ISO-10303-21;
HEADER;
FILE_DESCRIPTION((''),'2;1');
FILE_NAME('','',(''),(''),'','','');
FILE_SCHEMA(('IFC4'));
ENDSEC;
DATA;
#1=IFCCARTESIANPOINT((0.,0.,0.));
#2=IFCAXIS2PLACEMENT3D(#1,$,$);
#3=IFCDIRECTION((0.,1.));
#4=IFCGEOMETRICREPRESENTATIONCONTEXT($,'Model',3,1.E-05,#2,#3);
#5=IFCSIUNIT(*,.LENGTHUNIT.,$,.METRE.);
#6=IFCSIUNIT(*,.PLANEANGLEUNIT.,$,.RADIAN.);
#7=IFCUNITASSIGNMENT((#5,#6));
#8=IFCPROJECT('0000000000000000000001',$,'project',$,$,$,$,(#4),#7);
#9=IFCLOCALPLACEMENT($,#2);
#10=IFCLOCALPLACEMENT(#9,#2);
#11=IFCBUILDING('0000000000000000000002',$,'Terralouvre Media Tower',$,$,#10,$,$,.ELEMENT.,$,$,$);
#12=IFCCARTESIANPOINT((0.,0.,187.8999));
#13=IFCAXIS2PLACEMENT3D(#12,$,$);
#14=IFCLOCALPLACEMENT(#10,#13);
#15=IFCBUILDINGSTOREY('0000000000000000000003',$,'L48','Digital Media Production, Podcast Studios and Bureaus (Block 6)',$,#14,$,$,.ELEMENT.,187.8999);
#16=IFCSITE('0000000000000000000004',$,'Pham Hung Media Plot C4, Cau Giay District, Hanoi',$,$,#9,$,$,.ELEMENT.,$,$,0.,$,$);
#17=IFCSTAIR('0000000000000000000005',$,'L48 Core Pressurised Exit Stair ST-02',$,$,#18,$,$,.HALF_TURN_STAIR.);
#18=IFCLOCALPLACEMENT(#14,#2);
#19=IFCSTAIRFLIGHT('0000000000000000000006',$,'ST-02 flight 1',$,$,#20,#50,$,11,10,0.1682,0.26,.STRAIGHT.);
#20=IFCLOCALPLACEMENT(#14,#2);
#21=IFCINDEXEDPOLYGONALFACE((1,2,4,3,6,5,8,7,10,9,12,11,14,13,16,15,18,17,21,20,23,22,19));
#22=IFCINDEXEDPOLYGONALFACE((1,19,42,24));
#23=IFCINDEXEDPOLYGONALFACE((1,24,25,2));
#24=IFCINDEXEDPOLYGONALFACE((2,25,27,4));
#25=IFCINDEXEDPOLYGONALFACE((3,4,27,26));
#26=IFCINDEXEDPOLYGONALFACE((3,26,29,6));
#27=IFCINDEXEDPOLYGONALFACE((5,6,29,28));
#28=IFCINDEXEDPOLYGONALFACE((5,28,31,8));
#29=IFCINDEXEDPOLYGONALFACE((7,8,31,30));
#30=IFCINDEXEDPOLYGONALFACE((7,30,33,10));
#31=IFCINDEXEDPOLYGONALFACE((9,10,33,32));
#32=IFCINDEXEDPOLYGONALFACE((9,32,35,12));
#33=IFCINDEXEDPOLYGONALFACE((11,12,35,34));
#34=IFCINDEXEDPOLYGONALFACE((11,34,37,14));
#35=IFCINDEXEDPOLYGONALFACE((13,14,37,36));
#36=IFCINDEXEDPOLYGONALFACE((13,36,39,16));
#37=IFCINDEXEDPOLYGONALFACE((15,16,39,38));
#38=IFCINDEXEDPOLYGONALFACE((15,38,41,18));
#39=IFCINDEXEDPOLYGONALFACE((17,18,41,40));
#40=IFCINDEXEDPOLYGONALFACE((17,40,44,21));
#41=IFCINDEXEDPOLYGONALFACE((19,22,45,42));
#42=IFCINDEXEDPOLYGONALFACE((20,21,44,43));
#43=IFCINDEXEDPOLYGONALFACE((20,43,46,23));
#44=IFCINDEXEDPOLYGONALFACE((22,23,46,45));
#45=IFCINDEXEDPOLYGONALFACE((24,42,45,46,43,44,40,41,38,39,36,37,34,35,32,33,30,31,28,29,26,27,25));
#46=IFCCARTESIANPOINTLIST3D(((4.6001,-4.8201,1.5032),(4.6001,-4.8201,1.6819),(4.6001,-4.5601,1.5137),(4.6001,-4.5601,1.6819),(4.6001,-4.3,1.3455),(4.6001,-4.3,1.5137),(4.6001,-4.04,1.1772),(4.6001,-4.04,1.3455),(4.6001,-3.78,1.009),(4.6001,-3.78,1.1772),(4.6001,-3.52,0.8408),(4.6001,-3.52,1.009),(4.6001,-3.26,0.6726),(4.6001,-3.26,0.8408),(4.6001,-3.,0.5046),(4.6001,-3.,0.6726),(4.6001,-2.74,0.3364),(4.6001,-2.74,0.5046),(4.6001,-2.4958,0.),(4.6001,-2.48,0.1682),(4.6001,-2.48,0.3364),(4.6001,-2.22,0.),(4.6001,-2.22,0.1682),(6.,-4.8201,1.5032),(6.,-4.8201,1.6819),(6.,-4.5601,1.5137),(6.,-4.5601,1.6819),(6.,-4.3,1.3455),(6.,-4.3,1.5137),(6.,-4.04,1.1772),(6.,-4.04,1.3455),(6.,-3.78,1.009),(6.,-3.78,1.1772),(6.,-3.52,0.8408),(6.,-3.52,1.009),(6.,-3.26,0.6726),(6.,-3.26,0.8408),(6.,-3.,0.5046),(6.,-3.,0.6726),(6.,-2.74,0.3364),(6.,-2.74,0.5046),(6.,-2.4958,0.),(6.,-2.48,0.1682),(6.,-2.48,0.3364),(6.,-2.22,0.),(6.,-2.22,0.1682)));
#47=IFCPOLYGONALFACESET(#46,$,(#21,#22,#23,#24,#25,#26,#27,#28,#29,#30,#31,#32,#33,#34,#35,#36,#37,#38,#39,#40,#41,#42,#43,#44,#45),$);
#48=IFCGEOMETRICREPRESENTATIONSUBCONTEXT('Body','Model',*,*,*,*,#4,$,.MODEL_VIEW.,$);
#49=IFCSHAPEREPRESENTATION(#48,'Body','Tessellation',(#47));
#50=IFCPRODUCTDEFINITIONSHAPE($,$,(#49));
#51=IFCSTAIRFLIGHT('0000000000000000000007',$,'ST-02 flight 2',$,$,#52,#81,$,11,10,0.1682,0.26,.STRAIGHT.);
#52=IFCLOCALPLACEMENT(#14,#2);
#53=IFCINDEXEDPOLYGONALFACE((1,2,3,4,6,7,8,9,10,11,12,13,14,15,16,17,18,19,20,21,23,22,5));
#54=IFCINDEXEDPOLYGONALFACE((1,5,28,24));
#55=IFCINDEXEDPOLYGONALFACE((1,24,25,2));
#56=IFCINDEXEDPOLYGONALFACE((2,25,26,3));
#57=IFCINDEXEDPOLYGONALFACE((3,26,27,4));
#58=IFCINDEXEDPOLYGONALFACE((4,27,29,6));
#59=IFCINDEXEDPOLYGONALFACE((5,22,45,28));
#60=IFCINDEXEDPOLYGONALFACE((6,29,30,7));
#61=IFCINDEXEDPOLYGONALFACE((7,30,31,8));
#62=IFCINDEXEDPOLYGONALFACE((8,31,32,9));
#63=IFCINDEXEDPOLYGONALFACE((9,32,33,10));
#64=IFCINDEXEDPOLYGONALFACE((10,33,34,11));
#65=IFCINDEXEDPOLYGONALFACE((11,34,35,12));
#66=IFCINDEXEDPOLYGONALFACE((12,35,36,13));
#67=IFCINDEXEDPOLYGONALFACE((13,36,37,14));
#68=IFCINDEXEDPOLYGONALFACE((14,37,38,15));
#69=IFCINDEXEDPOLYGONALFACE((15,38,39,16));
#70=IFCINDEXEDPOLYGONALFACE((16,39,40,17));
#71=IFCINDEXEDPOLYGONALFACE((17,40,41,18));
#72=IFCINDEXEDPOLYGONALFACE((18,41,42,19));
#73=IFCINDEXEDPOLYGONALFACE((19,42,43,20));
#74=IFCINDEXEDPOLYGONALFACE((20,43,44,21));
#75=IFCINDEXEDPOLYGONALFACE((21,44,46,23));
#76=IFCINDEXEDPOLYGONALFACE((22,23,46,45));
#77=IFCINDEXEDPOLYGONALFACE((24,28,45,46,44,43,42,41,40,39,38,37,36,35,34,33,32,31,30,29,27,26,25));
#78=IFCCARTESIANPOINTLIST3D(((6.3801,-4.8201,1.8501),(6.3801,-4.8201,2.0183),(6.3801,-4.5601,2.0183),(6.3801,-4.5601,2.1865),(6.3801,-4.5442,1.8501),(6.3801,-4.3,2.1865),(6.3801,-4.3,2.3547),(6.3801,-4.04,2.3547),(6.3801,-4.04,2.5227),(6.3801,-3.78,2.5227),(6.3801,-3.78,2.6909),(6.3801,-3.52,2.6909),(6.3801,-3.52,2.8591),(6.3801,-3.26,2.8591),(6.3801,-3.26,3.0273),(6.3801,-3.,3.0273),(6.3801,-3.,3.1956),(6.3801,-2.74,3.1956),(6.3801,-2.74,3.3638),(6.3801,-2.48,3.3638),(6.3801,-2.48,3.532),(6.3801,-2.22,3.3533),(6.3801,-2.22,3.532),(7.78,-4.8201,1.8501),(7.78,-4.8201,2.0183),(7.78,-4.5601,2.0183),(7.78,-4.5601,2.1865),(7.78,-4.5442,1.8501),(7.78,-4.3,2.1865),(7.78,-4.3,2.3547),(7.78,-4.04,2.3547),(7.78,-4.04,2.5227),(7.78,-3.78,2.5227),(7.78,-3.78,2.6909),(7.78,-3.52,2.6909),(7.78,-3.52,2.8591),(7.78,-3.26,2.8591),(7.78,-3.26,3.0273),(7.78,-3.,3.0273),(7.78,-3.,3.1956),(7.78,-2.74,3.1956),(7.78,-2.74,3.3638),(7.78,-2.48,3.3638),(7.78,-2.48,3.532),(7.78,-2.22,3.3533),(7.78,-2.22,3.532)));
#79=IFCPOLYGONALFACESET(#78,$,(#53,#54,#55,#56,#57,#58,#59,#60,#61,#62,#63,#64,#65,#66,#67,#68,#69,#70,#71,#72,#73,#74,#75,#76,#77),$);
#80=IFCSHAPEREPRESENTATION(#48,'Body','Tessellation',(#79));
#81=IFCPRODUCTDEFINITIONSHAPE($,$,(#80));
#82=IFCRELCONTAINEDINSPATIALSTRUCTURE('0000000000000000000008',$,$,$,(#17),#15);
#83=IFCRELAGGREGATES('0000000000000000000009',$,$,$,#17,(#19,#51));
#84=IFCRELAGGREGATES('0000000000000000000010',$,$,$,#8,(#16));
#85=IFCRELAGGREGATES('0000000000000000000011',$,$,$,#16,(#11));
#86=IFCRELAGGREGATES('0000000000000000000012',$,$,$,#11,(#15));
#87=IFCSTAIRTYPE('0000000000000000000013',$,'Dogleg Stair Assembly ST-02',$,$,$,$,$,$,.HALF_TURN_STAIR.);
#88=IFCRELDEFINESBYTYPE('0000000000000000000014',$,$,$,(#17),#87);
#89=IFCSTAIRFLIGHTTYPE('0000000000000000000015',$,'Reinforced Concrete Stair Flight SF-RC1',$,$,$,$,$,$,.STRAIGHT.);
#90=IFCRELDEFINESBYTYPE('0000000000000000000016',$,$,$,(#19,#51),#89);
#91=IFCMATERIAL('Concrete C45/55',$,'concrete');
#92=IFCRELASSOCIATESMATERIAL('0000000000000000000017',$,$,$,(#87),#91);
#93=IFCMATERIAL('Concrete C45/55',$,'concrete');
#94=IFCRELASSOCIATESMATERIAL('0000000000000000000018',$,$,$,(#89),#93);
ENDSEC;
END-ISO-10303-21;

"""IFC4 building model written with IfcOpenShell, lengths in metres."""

from ifc_helpers import new_model, si_unit, direction, frame, origin, place, context, subcontext, project, spatial, polyline, outline, extrude, material, type_object, element, aggregate, save


model = new_model("IFC4")

# Units and contexts
model_context = context("Model", 3, precision=1e-05, world=origin(), true_north=direction((0.0, 1.0)))
body_context = subcontext(model_context, "Body", "Model", "MODEL_VIEW")
ifc_project = project(units=[si_unit("LENGTHUNIT", "METRE"), si_unit("PLANEANGLEUNIT", "RADIAN")], contexts=[model_context])

# Site, building, storey
site_placement = place(None, origin())
site = spatial("IfcSite", under=ifc_project, at=site_placement, Name="Pham Hung Media Plot C4, Cau Giay District, Hanoi", CompositionType="ELEMENT", RefElevation=0.0)
building_placement = place(site_placement, origin())
building = spatial("IfcBuilding", under=site, at=building_placement, Name="Terralouvre Media Tower", CompositionType="ELEMENT")
storey_placement = place(building_placement, frame((0.0, 0.0, 187.8999)))
storey = spatial("IfcBuildingStorey", under=building, at=storey_placement, Name="L48", Description="Digital Media Production, Podcast Studios and Bureaus (Block 6)", CompositionType="ELEMENT", Elevation=187.8999)

# Stair, stair flights
ifc_material_1 = material(Name="Concrete C45/55", Category="concrete")
stair_type = type_object("IfcStairType", Name="Dogleg Stair Assembly ST-02", PredefinedType="HALF_TURN_STAIR", material=ifc_material_1)
stair_placement = place(storey_placement, origin())
stair = element("IfcStair", 1, at=stair_placement, inside=storey, type_object=stair_type, Name="L48 Core Pressurised Exit Stair ST-02", PredefinedType="HALF_TURN_STAIR")
ifc_material_2 = material(Name="Concrete C45/55", Category="concrete")
stair_flight_type = type_object("IfcStairFlightType", Name="Reinforced Concrete Stair Flight SF-RC1", PredefinedType="STRAIGHT", material=ifc_material_2)
stair_flight_1_placement = place(storey_placement, frame((5.3, -2.22, 0.0), z_axis=(0.0, 0.0, 1.0), x_axis=(0.0, -1.0, 0.0)))
stair_flight_1 = element("IfcStairFlight", 2, at=stair_flight_1_placement, type_object=stair_flight_type, Name="ST-02 flight 1", NumberOfRisers=11, NumberOfTreads=10, PredefinedType="STRAIGHT", RiserHeight=0.1682, TreadLength=0.26, context=body_context, shape_type="SweptSolid", body=[
    extrude(outline(polyline([(0.0, 0.0), (0.0, 0.1682), (0.26, 0.1682), (0.26, 0.3364), (0.52, 0.3364), (0.52, 0.5046), (0.78, 0.5046), (0.78, 0.6726), (1.04, 0.6726), (1.04, 0.8408), (1.3, 0.8408), (1.3, 1.009), (1.5601, 1.009), (1.5601, 1.1772), (1.8201, 1.1772), (1.8201, 1.3455), (2.0801, 1.3455), (2.0801, 1.5137), (2.3401, 1.5137), (2.3401, 1.6819), (2.6001, 1.6819), (2.6001, 1.8501), (2.6001, 1.5032), (0.2759, 0.0), (0.0, 0.0)])), frame((0.0, 0.7, 0.0), z_axis=(0.0, -1.0, 0.0), x_axis=(1.0, 0.0, 0.0)), (0.0, 0.0, 1.0), 1.3999),
])
stair_flight_2_placement = place(storey_placement, frame((7.0801, -4.8201, 1.8501), z_axis=(0.0, 0.0, 1.0), x_axis=(0.0, 1.0, 0.0)))
stair_flight_2 = element("IfcStairFlight", 3, at=stair_flight_2_placement, type_object=stair_flight_type, Name="ST-02 flight 2", NumberOfRisers=11, NumberOfTreads=10, PredefinedType="STRAIGHT", RiserHeight=0.1682, TreadLength=0.26, context=body_context, shape_type="SweptSolid", body=[
    extrude(outline(polyline([(0.0, 0.0), (0.0, 0.1682), (0.26, 0.1682), (0.26, 0.3364), (0.52, 0.3364), (0.52, 0.5046), (0.78, 0.5046), (0.78, 0.6726), (1.04, 0.6726), (1.04, 0.8408), (1.3, 0.8408), (1.3, 1.009), (1.5601, 1.009), (1.5601, 1.1772), (1.8201, 1.1772), (1.8201, 1.3455), (2.0801, 1.3455), (2.0801, 1.5137), (2.3401, 1.5137), (2.3401, 1.6819), (2.6001, 1.6819), (2.6001, 1.8501), (2.6001, 1.5032), (0.2759, 0.0), (0.0, 0.0)])), frame((0.0, 0.7, 0.0), z_axis=(0.0, -1.0, 0.0), x_axis=(1.0, 0.0, 0.0)), (0.0, 0.0, 1.0), 1.3999),
])
aggregate(stair, [stair_flight_1, stair_flight_2])

save(model, "model.ifc")
